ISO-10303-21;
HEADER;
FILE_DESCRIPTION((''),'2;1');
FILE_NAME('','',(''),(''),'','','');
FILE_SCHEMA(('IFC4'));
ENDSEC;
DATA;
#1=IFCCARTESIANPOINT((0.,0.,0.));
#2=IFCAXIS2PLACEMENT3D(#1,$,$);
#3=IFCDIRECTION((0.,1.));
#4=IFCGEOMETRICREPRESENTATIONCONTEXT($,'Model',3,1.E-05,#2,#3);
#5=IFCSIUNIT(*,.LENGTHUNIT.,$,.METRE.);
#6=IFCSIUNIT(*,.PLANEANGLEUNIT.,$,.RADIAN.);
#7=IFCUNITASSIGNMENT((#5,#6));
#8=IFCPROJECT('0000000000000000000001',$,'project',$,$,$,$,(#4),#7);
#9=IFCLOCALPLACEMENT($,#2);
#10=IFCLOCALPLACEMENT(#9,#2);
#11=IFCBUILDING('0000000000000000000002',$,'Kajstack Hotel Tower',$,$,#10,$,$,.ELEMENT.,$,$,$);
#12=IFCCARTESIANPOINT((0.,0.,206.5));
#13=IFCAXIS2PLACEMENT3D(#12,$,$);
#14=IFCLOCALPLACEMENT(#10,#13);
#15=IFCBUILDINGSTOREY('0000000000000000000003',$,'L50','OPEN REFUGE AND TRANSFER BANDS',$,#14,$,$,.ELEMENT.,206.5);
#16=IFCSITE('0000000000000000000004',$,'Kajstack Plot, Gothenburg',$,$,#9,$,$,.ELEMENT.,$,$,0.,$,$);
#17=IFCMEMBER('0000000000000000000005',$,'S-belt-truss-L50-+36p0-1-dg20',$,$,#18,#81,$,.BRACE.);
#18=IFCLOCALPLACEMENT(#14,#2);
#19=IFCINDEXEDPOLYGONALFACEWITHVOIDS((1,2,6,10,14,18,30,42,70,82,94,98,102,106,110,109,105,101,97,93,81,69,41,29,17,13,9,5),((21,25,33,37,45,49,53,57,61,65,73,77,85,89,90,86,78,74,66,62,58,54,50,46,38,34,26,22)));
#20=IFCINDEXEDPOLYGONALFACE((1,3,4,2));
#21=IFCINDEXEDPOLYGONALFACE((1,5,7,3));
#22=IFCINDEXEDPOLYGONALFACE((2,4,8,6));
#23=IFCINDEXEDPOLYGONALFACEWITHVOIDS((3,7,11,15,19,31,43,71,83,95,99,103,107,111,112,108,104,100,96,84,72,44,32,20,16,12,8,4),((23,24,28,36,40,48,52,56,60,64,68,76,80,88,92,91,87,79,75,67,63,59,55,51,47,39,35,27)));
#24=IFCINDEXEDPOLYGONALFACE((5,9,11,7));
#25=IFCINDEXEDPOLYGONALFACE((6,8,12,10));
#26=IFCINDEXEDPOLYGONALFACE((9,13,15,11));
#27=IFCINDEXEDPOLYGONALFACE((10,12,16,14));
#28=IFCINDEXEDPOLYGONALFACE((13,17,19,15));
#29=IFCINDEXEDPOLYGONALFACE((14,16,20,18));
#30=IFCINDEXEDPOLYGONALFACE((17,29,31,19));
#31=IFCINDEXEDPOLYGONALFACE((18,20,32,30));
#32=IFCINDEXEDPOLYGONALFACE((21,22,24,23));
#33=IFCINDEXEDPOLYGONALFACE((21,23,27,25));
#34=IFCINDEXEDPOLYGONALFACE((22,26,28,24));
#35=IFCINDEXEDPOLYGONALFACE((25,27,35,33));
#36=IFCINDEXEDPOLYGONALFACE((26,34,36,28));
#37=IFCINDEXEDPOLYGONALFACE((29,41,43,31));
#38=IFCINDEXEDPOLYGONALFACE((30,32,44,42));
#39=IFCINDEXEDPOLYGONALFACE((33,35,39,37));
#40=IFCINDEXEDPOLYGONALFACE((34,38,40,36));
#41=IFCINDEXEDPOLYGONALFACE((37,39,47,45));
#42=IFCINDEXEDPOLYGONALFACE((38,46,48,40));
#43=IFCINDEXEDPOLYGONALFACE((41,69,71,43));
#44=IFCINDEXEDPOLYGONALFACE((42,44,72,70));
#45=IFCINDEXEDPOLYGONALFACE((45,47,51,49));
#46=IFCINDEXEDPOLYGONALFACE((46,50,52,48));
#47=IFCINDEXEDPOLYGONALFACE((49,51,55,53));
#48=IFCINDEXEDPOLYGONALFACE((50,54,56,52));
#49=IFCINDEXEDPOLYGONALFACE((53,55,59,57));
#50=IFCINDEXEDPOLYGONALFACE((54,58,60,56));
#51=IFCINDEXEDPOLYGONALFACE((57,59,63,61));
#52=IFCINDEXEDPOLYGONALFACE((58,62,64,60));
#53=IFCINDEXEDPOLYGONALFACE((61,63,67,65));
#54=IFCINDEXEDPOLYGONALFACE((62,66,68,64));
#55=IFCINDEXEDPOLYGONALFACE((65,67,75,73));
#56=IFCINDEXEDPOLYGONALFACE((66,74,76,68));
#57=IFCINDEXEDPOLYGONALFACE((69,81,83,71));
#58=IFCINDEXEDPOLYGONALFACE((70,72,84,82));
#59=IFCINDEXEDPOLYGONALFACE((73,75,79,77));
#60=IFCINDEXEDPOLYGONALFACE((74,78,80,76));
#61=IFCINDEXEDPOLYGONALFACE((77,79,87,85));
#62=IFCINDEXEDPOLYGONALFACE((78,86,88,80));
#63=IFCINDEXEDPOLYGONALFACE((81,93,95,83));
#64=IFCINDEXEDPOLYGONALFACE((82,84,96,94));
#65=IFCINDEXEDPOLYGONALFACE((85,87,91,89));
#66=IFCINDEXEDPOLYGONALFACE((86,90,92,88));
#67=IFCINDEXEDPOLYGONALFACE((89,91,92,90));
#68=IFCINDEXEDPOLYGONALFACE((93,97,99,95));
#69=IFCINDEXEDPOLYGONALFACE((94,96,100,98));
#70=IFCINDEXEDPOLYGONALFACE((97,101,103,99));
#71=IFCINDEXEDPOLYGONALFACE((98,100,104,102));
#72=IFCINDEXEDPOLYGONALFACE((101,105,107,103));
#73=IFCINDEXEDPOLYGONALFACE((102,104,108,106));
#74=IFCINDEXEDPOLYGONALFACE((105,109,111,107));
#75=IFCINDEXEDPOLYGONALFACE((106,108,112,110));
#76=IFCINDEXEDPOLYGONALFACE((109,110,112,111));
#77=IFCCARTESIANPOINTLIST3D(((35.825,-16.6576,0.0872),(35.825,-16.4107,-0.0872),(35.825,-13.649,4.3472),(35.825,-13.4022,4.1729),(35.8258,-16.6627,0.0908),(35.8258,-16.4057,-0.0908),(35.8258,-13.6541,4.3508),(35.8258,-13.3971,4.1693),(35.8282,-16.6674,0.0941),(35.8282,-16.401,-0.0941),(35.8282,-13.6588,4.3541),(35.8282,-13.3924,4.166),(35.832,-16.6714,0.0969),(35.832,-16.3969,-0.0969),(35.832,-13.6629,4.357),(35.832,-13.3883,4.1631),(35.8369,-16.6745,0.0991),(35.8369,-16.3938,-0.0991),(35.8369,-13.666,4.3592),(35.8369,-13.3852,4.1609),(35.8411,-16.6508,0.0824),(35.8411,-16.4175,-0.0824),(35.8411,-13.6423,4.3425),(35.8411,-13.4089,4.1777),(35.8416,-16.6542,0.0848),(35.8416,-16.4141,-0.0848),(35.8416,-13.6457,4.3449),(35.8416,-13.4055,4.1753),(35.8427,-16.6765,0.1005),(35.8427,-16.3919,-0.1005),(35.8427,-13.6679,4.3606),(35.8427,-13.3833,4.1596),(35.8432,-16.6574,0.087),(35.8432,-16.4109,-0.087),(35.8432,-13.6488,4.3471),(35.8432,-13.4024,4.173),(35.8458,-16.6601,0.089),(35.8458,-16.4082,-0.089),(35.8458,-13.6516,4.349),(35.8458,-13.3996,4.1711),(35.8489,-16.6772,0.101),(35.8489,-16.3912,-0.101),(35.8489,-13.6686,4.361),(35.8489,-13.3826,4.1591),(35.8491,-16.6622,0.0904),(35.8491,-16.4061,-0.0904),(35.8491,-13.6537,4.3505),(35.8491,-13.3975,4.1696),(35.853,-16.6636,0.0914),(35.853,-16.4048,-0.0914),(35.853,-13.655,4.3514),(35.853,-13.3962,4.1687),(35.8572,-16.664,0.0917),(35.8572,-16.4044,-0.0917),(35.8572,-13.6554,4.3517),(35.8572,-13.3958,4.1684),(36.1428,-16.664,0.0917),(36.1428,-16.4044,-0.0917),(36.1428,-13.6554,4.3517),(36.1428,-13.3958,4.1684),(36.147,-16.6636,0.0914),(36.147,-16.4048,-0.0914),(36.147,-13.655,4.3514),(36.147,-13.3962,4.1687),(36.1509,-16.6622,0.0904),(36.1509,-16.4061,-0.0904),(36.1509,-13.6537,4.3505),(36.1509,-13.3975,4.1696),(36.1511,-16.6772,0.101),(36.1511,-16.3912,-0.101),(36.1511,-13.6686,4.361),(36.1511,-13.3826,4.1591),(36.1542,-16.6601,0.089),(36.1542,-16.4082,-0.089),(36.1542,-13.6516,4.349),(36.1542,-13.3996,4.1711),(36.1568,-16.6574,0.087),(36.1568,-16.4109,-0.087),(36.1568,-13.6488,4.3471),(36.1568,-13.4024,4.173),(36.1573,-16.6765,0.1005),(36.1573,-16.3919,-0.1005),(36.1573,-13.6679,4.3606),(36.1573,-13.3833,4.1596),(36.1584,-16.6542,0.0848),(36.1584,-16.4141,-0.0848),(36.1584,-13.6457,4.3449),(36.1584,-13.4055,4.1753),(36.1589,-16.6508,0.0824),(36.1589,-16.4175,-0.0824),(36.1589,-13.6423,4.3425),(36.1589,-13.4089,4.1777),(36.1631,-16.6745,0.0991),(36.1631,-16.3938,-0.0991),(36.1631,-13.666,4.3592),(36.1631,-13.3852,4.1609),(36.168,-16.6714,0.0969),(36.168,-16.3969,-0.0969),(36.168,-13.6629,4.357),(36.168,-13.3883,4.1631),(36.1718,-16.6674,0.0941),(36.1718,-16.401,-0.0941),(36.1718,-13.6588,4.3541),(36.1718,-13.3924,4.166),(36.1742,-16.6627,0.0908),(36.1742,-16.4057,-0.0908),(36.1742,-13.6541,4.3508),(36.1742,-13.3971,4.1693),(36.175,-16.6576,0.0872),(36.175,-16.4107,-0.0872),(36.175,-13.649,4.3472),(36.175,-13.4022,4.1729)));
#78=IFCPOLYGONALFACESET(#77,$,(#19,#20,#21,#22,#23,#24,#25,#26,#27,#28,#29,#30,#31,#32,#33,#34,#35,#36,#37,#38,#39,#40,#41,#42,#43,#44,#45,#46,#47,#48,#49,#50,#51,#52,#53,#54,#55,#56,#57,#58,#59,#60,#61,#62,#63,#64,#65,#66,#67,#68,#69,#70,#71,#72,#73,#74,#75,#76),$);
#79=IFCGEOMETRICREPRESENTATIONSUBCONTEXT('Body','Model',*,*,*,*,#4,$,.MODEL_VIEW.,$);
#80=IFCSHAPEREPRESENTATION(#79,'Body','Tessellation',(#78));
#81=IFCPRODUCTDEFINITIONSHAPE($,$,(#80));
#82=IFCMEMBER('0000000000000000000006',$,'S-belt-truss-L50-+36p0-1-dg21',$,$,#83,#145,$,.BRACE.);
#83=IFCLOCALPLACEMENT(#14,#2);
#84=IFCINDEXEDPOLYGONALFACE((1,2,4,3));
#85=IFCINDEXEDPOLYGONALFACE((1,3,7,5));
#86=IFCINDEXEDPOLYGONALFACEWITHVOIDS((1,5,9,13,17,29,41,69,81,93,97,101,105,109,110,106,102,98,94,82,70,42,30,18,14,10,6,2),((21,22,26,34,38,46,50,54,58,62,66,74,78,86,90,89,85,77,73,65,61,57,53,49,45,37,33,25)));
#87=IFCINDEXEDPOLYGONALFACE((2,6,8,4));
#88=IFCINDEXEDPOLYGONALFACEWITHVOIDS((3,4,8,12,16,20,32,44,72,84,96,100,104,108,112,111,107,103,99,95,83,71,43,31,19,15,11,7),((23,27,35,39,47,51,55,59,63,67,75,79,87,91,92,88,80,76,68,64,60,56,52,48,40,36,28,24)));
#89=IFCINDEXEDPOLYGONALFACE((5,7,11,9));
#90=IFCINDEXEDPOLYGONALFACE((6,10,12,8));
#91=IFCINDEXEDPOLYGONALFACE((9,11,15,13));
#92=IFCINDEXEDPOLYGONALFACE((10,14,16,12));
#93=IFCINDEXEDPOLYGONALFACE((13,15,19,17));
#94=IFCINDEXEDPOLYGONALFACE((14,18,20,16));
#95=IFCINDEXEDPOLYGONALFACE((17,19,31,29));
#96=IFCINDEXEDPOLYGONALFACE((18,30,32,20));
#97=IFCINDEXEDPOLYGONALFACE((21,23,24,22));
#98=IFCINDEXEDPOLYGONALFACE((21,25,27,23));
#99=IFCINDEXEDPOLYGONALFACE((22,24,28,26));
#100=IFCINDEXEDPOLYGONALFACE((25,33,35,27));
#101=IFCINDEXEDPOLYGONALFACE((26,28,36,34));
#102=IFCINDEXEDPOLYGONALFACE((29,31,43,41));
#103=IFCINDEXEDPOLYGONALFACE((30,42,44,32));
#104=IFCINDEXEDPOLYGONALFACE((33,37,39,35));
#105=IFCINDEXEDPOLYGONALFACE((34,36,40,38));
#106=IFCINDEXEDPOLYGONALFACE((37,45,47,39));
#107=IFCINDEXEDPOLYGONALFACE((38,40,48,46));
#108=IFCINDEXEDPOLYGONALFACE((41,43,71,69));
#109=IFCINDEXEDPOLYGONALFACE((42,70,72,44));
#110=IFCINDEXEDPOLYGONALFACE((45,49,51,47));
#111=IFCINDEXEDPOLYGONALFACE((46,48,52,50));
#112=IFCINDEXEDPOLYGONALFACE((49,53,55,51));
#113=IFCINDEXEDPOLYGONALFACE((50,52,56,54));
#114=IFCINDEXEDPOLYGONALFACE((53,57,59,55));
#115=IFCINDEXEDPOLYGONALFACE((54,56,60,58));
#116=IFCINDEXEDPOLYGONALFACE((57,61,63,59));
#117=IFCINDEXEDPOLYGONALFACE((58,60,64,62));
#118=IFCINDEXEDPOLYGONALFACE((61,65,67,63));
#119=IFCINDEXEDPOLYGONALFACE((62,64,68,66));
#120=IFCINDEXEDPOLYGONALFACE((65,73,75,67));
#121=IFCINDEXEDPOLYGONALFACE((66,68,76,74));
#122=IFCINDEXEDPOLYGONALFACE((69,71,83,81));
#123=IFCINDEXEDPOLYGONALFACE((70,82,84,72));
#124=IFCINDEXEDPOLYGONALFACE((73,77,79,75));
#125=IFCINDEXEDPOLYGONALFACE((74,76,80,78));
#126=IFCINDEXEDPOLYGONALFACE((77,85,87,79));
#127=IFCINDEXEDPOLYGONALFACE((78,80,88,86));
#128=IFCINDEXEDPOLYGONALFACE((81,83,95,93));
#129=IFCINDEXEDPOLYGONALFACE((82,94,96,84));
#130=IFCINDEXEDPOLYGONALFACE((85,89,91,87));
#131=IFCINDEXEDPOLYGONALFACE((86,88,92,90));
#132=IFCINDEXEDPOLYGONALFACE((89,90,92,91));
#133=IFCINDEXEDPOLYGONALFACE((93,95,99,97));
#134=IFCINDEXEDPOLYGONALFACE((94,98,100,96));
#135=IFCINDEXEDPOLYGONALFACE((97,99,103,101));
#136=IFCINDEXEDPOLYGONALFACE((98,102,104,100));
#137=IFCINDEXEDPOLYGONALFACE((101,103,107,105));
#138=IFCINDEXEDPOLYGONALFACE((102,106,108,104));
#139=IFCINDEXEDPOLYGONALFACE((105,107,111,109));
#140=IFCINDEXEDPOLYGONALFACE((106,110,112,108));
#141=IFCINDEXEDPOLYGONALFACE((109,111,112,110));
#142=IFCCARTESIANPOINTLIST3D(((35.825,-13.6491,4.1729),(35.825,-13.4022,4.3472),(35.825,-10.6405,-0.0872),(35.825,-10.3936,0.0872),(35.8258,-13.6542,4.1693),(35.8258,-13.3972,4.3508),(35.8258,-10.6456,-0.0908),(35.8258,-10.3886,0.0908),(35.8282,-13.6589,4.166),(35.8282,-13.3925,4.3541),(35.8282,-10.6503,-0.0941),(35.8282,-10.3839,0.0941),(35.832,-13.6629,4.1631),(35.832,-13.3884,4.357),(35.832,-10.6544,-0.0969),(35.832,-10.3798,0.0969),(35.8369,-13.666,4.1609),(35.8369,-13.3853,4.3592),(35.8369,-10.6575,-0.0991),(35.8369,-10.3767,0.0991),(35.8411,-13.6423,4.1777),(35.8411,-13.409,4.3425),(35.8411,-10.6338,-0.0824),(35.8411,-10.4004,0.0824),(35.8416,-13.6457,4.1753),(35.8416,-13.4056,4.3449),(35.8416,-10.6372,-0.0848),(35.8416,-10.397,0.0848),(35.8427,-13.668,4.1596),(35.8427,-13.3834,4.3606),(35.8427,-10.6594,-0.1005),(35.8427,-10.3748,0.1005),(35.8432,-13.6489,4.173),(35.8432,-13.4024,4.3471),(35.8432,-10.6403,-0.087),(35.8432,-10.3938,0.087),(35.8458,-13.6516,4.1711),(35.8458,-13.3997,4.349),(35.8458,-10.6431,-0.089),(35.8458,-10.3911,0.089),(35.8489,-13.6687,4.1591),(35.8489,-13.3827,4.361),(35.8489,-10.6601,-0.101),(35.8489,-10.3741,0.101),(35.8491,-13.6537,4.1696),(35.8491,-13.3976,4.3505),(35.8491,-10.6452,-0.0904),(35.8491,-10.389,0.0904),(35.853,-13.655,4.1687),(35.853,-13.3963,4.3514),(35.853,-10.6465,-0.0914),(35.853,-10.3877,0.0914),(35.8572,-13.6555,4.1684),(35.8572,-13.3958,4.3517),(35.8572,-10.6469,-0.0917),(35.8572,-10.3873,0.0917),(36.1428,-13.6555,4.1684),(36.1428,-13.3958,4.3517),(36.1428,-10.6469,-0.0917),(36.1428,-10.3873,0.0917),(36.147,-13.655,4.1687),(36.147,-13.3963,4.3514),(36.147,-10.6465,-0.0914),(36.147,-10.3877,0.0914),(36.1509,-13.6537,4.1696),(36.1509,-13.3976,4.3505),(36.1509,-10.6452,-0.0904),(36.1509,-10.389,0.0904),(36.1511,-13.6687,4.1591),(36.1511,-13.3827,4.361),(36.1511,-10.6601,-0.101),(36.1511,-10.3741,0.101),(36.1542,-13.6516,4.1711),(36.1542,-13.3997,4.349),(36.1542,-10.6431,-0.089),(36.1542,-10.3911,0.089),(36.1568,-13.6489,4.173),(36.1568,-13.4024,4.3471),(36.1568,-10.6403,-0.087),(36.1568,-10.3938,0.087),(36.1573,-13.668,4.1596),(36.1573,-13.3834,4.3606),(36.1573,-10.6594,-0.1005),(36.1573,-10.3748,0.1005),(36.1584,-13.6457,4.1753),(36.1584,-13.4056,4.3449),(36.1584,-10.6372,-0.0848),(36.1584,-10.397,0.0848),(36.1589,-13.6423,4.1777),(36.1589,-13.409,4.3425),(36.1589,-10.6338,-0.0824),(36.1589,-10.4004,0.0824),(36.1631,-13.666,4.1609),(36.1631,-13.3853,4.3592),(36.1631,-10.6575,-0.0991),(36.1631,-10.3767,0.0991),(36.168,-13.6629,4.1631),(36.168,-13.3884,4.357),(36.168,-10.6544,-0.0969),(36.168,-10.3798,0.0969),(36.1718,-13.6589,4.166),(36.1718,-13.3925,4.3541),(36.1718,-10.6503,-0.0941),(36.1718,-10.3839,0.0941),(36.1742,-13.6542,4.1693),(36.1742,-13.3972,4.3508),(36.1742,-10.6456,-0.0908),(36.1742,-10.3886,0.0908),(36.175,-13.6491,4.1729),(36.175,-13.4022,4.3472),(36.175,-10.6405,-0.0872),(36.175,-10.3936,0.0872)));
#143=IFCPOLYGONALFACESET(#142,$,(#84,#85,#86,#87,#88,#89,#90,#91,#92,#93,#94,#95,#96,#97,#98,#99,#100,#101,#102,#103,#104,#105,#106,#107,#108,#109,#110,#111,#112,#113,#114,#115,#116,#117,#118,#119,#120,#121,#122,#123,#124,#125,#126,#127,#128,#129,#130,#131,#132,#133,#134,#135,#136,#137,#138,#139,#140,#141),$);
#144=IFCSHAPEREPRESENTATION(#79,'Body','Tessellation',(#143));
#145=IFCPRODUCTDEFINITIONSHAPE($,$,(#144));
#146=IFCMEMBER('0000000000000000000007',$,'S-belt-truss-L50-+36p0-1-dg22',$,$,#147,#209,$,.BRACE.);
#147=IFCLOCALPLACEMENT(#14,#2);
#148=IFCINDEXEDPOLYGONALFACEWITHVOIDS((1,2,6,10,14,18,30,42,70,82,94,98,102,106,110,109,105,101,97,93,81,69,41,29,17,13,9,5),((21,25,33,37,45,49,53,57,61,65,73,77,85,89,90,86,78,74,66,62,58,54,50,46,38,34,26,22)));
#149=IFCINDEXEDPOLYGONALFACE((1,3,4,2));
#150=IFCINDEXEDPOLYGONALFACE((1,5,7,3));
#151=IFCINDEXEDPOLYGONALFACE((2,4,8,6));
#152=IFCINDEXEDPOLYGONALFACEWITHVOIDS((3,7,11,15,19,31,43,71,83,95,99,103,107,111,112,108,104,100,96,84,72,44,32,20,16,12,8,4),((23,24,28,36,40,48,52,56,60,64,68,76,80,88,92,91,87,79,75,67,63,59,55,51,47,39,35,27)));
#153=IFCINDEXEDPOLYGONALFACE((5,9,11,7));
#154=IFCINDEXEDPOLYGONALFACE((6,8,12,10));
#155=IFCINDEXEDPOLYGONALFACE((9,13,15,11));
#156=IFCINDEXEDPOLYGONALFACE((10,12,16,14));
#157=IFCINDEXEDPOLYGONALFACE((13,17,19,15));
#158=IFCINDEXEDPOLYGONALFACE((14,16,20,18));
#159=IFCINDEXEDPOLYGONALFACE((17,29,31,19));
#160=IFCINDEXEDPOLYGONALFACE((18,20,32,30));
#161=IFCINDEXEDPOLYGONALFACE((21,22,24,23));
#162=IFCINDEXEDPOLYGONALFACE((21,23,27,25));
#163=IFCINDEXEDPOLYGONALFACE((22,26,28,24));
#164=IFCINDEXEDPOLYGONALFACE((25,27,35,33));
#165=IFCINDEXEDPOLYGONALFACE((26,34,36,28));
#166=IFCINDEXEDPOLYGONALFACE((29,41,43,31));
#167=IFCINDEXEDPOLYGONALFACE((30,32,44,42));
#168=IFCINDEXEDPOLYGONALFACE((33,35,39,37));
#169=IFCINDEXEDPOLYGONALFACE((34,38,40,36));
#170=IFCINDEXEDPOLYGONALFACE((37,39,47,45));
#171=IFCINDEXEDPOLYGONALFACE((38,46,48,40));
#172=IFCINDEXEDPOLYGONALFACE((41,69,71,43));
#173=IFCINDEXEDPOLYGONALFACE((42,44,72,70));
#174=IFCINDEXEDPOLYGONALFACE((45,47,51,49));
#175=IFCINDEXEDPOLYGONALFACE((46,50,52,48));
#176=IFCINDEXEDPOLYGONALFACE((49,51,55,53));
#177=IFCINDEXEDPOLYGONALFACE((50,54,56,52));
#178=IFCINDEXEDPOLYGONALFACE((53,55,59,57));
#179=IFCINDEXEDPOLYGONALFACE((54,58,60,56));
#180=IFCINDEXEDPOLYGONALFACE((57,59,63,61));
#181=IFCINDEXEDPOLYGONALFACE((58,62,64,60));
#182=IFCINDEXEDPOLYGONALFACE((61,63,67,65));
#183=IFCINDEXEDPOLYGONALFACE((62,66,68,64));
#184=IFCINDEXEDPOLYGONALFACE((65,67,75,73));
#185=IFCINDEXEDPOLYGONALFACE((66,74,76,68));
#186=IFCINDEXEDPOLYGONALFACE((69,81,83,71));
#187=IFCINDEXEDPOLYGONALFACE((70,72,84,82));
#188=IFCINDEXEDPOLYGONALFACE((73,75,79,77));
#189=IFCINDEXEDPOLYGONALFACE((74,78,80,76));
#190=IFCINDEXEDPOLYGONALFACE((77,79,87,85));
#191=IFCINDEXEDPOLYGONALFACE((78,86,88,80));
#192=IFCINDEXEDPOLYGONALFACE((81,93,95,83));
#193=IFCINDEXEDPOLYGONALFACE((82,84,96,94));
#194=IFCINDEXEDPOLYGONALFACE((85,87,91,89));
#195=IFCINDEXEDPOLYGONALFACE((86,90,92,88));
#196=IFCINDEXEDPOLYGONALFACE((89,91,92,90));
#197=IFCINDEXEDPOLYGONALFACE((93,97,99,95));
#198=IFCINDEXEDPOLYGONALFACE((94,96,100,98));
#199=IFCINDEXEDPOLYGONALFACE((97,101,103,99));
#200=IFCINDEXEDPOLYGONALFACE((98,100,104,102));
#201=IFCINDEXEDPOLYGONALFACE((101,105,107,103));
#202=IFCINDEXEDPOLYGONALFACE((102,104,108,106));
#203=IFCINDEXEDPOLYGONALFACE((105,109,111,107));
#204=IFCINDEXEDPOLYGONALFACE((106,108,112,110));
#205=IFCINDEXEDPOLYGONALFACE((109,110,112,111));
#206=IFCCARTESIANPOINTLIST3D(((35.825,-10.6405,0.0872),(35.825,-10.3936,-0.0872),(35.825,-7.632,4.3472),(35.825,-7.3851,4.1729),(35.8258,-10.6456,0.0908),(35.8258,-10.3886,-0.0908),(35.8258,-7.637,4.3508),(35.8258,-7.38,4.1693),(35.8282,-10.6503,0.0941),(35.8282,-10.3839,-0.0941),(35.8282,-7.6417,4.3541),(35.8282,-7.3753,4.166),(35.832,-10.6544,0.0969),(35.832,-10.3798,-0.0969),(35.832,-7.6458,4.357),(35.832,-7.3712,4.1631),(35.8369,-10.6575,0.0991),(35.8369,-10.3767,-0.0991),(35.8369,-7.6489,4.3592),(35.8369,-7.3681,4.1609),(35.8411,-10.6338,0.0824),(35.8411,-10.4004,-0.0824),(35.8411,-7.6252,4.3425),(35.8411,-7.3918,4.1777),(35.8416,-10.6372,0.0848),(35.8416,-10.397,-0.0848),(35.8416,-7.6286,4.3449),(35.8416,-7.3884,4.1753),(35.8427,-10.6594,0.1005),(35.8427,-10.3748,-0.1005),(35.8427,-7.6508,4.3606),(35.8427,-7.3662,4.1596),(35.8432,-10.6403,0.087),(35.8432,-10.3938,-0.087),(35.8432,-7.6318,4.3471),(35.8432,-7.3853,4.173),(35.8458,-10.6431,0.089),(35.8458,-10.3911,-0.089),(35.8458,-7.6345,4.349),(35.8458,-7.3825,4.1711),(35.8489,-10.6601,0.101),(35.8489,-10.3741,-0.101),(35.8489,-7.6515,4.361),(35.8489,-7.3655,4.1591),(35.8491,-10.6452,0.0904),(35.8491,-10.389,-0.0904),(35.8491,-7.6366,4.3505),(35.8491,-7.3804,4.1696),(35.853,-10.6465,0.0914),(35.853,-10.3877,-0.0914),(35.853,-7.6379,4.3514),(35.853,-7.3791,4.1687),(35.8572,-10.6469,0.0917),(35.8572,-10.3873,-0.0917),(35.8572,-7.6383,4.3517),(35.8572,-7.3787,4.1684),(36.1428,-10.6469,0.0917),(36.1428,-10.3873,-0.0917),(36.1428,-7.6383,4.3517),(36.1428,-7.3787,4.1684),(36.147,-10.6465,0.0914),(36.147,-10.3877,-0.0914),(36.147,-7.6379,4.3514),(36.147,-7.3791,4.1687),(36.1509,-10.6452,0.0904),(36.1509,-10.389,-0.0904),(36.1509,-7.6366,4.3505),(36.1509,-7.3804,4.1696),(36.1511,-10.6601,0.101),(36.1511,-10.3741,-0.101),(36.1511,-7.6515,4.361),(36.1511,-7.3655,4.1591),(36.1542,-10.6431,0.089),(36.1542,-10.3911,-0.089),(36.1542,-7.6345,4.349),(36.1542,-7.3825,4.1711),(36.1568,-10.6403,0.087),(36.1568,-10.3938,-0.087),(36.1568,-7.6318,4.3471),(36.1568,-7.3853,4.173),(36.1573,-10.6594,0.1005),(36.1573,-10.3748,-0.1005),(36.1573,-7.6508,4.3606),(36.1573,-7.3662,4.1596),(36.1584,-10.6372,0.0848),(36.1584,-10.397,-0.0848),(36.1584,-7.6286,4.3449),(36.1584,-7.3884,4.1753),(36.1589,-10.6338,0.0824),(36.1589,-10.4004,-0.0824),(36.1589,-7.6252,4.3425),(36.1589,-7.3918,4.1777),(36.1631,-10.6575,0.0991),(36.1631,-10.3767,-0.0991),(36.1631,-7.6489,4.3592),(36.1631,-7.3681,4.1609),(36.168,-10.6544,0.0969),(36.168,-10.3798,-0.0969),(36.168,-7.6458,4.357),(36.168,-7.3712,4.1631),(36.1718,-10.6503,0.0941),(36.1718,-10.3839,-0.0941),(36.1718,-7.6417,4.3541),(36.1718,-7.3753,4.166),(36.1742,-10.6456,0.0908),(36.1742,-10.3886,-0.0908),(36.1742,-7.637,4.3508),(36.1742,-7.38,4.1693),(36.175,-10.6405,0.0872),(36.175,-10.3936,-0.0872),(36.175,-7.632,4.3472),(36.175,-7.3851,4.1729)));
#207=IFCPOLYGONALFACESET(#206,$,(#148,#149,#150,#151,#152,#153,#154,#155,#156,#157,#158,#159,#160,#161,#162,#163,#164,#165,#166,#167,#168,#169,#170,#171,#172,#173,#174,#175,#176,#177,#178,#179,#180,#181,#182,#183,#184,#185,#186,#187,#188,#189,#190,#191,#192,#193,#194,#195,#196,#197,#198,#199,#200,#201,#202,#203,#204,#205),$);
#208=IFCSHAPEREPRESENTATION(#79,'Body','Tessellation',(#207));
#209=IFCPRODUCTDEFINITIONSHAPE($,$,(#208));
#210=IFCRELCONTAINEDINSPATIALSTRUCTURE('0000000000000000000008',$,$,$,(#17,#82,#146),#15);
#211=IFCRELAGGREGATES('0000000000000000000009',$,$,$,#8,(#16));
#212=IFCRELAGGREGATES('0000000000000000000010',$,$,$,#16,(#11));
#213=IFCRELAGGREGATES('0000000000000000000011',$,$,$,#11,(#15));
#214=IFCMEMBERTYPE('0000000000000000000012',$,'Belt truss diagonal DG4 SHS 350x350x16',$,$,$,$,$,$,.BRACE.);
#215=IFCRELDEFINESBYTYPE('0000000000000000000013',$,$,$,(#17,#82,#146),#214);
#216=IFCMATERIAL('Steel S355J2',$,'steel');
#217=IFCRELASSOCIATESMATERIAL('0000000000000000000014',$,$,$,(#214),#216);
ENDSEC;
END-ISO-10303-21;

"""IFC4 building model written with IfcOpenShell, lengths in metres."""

from ifc_helpers import new_model, si_unit, direction, frame, origin, origin_2d, place, context, subcontext, project, spatial, hollow_rectangle, extrude, material, material_profile, profile_set, type_object, element, save


model = new_model("IFC4")

# Units and contexts
model_context = context("Model", 3, precision=1e-05, world=origin(), true_north=direction((0.0, 1.0)))
body_context = subcontext(model_context, "Body", "Model", "MODEL_VIEW")
ifc_project = project(units=[si_unit("LENGTHUNIT", "METRE"), si_unit("PLANEANGLEUNIT", "RADIAN")], contexts=[model_context])

# Site, building, storey
site_placement = place(None, origin())
site = spatial("IfcSite", under=ifc_project, at=site_placement, Name="Kajstack Plot, Gothenburg", CompositionType="ELEMENT", RefElevation=0.0)
building_placement = place(site_placement, origin())
building = spatial("IfcBuilding", under=site, at=building_placement, Name="Kajstack Hotel Tower", CompositionType="ELEMENT")
storey_placement = place(building_placement, frame((0.0, 0.0, 206.5)))
storey = spatial("IfcBuildingStorey", under=building, at=storey_placement, Name="L50", Description="OPEN REFUGE AND TRANSFER BANDS", CompositionType="ELEMENT", Elevation=206.5)

# Members
ifc_material = material(Name="Steel S355J2", Category="steel")
ifc_material_profile_1 = material_profile(ifc_material, hollow_rectangle(XDim=0.3501, YDim=0.3501, WallThickness=0.0161, InnerFilletRadius=0.0161, OuterFilletRadius=0.0239, at=origin_2d()), Name="SHS 350x350x16")
ifc_profile_set_1 = profile_set([ifc_material_profile_1], Name="Steel S355J2")
member_type_1 = type_object("IfcMemberType", Name="Belt truss diagonal DG4 SHS 350x350x16", PredefinedType="BRACE", material=ifc_profile_set_1)
for number, where, z_axis, x_axis, name in (
    (1, (36.0, -16.5342, 0.0), (0.0, 0.576872, 0.816834), (-1.0, 0.0, 0.0), "S-belt-truss-L50-+36p0-1-dg20"),
    (2, (36.0, -10.5171, 0.0), (0.0, -0.576872, 0.816834), (1.0, 0.0, 0.0), "S-belt-truss-L50-+36p0-1-dg21"),
    (3, (36.0, -10.5171, 0.0), (0.0, 0.576872, 0.816834), (-1.0, 0.0, 0.0), "S-belt-truss-L50-+36p0-1-dg22"),
):
    element("IfcMember", number, at=place(storey_placement, frame(where, z_axis=z_axis, x_axis=x_axis)), inside=storey, type_object=member_type_1, Name=name, PredefinedType="BRACE", context=body_context, shape_type="SweptSolid", body=[
        extrude(hollow_rectangle(XDim=0.3501, YDim=0.3501, WallThickness=0.0161, InnerFilletRadius=0.0161, OuterFilletRadius=0.0239, at=origin_2d()), origin(), (0.0, 0.0, 1.0), 5.2153),
    ])

save(model, "model.ifc")
